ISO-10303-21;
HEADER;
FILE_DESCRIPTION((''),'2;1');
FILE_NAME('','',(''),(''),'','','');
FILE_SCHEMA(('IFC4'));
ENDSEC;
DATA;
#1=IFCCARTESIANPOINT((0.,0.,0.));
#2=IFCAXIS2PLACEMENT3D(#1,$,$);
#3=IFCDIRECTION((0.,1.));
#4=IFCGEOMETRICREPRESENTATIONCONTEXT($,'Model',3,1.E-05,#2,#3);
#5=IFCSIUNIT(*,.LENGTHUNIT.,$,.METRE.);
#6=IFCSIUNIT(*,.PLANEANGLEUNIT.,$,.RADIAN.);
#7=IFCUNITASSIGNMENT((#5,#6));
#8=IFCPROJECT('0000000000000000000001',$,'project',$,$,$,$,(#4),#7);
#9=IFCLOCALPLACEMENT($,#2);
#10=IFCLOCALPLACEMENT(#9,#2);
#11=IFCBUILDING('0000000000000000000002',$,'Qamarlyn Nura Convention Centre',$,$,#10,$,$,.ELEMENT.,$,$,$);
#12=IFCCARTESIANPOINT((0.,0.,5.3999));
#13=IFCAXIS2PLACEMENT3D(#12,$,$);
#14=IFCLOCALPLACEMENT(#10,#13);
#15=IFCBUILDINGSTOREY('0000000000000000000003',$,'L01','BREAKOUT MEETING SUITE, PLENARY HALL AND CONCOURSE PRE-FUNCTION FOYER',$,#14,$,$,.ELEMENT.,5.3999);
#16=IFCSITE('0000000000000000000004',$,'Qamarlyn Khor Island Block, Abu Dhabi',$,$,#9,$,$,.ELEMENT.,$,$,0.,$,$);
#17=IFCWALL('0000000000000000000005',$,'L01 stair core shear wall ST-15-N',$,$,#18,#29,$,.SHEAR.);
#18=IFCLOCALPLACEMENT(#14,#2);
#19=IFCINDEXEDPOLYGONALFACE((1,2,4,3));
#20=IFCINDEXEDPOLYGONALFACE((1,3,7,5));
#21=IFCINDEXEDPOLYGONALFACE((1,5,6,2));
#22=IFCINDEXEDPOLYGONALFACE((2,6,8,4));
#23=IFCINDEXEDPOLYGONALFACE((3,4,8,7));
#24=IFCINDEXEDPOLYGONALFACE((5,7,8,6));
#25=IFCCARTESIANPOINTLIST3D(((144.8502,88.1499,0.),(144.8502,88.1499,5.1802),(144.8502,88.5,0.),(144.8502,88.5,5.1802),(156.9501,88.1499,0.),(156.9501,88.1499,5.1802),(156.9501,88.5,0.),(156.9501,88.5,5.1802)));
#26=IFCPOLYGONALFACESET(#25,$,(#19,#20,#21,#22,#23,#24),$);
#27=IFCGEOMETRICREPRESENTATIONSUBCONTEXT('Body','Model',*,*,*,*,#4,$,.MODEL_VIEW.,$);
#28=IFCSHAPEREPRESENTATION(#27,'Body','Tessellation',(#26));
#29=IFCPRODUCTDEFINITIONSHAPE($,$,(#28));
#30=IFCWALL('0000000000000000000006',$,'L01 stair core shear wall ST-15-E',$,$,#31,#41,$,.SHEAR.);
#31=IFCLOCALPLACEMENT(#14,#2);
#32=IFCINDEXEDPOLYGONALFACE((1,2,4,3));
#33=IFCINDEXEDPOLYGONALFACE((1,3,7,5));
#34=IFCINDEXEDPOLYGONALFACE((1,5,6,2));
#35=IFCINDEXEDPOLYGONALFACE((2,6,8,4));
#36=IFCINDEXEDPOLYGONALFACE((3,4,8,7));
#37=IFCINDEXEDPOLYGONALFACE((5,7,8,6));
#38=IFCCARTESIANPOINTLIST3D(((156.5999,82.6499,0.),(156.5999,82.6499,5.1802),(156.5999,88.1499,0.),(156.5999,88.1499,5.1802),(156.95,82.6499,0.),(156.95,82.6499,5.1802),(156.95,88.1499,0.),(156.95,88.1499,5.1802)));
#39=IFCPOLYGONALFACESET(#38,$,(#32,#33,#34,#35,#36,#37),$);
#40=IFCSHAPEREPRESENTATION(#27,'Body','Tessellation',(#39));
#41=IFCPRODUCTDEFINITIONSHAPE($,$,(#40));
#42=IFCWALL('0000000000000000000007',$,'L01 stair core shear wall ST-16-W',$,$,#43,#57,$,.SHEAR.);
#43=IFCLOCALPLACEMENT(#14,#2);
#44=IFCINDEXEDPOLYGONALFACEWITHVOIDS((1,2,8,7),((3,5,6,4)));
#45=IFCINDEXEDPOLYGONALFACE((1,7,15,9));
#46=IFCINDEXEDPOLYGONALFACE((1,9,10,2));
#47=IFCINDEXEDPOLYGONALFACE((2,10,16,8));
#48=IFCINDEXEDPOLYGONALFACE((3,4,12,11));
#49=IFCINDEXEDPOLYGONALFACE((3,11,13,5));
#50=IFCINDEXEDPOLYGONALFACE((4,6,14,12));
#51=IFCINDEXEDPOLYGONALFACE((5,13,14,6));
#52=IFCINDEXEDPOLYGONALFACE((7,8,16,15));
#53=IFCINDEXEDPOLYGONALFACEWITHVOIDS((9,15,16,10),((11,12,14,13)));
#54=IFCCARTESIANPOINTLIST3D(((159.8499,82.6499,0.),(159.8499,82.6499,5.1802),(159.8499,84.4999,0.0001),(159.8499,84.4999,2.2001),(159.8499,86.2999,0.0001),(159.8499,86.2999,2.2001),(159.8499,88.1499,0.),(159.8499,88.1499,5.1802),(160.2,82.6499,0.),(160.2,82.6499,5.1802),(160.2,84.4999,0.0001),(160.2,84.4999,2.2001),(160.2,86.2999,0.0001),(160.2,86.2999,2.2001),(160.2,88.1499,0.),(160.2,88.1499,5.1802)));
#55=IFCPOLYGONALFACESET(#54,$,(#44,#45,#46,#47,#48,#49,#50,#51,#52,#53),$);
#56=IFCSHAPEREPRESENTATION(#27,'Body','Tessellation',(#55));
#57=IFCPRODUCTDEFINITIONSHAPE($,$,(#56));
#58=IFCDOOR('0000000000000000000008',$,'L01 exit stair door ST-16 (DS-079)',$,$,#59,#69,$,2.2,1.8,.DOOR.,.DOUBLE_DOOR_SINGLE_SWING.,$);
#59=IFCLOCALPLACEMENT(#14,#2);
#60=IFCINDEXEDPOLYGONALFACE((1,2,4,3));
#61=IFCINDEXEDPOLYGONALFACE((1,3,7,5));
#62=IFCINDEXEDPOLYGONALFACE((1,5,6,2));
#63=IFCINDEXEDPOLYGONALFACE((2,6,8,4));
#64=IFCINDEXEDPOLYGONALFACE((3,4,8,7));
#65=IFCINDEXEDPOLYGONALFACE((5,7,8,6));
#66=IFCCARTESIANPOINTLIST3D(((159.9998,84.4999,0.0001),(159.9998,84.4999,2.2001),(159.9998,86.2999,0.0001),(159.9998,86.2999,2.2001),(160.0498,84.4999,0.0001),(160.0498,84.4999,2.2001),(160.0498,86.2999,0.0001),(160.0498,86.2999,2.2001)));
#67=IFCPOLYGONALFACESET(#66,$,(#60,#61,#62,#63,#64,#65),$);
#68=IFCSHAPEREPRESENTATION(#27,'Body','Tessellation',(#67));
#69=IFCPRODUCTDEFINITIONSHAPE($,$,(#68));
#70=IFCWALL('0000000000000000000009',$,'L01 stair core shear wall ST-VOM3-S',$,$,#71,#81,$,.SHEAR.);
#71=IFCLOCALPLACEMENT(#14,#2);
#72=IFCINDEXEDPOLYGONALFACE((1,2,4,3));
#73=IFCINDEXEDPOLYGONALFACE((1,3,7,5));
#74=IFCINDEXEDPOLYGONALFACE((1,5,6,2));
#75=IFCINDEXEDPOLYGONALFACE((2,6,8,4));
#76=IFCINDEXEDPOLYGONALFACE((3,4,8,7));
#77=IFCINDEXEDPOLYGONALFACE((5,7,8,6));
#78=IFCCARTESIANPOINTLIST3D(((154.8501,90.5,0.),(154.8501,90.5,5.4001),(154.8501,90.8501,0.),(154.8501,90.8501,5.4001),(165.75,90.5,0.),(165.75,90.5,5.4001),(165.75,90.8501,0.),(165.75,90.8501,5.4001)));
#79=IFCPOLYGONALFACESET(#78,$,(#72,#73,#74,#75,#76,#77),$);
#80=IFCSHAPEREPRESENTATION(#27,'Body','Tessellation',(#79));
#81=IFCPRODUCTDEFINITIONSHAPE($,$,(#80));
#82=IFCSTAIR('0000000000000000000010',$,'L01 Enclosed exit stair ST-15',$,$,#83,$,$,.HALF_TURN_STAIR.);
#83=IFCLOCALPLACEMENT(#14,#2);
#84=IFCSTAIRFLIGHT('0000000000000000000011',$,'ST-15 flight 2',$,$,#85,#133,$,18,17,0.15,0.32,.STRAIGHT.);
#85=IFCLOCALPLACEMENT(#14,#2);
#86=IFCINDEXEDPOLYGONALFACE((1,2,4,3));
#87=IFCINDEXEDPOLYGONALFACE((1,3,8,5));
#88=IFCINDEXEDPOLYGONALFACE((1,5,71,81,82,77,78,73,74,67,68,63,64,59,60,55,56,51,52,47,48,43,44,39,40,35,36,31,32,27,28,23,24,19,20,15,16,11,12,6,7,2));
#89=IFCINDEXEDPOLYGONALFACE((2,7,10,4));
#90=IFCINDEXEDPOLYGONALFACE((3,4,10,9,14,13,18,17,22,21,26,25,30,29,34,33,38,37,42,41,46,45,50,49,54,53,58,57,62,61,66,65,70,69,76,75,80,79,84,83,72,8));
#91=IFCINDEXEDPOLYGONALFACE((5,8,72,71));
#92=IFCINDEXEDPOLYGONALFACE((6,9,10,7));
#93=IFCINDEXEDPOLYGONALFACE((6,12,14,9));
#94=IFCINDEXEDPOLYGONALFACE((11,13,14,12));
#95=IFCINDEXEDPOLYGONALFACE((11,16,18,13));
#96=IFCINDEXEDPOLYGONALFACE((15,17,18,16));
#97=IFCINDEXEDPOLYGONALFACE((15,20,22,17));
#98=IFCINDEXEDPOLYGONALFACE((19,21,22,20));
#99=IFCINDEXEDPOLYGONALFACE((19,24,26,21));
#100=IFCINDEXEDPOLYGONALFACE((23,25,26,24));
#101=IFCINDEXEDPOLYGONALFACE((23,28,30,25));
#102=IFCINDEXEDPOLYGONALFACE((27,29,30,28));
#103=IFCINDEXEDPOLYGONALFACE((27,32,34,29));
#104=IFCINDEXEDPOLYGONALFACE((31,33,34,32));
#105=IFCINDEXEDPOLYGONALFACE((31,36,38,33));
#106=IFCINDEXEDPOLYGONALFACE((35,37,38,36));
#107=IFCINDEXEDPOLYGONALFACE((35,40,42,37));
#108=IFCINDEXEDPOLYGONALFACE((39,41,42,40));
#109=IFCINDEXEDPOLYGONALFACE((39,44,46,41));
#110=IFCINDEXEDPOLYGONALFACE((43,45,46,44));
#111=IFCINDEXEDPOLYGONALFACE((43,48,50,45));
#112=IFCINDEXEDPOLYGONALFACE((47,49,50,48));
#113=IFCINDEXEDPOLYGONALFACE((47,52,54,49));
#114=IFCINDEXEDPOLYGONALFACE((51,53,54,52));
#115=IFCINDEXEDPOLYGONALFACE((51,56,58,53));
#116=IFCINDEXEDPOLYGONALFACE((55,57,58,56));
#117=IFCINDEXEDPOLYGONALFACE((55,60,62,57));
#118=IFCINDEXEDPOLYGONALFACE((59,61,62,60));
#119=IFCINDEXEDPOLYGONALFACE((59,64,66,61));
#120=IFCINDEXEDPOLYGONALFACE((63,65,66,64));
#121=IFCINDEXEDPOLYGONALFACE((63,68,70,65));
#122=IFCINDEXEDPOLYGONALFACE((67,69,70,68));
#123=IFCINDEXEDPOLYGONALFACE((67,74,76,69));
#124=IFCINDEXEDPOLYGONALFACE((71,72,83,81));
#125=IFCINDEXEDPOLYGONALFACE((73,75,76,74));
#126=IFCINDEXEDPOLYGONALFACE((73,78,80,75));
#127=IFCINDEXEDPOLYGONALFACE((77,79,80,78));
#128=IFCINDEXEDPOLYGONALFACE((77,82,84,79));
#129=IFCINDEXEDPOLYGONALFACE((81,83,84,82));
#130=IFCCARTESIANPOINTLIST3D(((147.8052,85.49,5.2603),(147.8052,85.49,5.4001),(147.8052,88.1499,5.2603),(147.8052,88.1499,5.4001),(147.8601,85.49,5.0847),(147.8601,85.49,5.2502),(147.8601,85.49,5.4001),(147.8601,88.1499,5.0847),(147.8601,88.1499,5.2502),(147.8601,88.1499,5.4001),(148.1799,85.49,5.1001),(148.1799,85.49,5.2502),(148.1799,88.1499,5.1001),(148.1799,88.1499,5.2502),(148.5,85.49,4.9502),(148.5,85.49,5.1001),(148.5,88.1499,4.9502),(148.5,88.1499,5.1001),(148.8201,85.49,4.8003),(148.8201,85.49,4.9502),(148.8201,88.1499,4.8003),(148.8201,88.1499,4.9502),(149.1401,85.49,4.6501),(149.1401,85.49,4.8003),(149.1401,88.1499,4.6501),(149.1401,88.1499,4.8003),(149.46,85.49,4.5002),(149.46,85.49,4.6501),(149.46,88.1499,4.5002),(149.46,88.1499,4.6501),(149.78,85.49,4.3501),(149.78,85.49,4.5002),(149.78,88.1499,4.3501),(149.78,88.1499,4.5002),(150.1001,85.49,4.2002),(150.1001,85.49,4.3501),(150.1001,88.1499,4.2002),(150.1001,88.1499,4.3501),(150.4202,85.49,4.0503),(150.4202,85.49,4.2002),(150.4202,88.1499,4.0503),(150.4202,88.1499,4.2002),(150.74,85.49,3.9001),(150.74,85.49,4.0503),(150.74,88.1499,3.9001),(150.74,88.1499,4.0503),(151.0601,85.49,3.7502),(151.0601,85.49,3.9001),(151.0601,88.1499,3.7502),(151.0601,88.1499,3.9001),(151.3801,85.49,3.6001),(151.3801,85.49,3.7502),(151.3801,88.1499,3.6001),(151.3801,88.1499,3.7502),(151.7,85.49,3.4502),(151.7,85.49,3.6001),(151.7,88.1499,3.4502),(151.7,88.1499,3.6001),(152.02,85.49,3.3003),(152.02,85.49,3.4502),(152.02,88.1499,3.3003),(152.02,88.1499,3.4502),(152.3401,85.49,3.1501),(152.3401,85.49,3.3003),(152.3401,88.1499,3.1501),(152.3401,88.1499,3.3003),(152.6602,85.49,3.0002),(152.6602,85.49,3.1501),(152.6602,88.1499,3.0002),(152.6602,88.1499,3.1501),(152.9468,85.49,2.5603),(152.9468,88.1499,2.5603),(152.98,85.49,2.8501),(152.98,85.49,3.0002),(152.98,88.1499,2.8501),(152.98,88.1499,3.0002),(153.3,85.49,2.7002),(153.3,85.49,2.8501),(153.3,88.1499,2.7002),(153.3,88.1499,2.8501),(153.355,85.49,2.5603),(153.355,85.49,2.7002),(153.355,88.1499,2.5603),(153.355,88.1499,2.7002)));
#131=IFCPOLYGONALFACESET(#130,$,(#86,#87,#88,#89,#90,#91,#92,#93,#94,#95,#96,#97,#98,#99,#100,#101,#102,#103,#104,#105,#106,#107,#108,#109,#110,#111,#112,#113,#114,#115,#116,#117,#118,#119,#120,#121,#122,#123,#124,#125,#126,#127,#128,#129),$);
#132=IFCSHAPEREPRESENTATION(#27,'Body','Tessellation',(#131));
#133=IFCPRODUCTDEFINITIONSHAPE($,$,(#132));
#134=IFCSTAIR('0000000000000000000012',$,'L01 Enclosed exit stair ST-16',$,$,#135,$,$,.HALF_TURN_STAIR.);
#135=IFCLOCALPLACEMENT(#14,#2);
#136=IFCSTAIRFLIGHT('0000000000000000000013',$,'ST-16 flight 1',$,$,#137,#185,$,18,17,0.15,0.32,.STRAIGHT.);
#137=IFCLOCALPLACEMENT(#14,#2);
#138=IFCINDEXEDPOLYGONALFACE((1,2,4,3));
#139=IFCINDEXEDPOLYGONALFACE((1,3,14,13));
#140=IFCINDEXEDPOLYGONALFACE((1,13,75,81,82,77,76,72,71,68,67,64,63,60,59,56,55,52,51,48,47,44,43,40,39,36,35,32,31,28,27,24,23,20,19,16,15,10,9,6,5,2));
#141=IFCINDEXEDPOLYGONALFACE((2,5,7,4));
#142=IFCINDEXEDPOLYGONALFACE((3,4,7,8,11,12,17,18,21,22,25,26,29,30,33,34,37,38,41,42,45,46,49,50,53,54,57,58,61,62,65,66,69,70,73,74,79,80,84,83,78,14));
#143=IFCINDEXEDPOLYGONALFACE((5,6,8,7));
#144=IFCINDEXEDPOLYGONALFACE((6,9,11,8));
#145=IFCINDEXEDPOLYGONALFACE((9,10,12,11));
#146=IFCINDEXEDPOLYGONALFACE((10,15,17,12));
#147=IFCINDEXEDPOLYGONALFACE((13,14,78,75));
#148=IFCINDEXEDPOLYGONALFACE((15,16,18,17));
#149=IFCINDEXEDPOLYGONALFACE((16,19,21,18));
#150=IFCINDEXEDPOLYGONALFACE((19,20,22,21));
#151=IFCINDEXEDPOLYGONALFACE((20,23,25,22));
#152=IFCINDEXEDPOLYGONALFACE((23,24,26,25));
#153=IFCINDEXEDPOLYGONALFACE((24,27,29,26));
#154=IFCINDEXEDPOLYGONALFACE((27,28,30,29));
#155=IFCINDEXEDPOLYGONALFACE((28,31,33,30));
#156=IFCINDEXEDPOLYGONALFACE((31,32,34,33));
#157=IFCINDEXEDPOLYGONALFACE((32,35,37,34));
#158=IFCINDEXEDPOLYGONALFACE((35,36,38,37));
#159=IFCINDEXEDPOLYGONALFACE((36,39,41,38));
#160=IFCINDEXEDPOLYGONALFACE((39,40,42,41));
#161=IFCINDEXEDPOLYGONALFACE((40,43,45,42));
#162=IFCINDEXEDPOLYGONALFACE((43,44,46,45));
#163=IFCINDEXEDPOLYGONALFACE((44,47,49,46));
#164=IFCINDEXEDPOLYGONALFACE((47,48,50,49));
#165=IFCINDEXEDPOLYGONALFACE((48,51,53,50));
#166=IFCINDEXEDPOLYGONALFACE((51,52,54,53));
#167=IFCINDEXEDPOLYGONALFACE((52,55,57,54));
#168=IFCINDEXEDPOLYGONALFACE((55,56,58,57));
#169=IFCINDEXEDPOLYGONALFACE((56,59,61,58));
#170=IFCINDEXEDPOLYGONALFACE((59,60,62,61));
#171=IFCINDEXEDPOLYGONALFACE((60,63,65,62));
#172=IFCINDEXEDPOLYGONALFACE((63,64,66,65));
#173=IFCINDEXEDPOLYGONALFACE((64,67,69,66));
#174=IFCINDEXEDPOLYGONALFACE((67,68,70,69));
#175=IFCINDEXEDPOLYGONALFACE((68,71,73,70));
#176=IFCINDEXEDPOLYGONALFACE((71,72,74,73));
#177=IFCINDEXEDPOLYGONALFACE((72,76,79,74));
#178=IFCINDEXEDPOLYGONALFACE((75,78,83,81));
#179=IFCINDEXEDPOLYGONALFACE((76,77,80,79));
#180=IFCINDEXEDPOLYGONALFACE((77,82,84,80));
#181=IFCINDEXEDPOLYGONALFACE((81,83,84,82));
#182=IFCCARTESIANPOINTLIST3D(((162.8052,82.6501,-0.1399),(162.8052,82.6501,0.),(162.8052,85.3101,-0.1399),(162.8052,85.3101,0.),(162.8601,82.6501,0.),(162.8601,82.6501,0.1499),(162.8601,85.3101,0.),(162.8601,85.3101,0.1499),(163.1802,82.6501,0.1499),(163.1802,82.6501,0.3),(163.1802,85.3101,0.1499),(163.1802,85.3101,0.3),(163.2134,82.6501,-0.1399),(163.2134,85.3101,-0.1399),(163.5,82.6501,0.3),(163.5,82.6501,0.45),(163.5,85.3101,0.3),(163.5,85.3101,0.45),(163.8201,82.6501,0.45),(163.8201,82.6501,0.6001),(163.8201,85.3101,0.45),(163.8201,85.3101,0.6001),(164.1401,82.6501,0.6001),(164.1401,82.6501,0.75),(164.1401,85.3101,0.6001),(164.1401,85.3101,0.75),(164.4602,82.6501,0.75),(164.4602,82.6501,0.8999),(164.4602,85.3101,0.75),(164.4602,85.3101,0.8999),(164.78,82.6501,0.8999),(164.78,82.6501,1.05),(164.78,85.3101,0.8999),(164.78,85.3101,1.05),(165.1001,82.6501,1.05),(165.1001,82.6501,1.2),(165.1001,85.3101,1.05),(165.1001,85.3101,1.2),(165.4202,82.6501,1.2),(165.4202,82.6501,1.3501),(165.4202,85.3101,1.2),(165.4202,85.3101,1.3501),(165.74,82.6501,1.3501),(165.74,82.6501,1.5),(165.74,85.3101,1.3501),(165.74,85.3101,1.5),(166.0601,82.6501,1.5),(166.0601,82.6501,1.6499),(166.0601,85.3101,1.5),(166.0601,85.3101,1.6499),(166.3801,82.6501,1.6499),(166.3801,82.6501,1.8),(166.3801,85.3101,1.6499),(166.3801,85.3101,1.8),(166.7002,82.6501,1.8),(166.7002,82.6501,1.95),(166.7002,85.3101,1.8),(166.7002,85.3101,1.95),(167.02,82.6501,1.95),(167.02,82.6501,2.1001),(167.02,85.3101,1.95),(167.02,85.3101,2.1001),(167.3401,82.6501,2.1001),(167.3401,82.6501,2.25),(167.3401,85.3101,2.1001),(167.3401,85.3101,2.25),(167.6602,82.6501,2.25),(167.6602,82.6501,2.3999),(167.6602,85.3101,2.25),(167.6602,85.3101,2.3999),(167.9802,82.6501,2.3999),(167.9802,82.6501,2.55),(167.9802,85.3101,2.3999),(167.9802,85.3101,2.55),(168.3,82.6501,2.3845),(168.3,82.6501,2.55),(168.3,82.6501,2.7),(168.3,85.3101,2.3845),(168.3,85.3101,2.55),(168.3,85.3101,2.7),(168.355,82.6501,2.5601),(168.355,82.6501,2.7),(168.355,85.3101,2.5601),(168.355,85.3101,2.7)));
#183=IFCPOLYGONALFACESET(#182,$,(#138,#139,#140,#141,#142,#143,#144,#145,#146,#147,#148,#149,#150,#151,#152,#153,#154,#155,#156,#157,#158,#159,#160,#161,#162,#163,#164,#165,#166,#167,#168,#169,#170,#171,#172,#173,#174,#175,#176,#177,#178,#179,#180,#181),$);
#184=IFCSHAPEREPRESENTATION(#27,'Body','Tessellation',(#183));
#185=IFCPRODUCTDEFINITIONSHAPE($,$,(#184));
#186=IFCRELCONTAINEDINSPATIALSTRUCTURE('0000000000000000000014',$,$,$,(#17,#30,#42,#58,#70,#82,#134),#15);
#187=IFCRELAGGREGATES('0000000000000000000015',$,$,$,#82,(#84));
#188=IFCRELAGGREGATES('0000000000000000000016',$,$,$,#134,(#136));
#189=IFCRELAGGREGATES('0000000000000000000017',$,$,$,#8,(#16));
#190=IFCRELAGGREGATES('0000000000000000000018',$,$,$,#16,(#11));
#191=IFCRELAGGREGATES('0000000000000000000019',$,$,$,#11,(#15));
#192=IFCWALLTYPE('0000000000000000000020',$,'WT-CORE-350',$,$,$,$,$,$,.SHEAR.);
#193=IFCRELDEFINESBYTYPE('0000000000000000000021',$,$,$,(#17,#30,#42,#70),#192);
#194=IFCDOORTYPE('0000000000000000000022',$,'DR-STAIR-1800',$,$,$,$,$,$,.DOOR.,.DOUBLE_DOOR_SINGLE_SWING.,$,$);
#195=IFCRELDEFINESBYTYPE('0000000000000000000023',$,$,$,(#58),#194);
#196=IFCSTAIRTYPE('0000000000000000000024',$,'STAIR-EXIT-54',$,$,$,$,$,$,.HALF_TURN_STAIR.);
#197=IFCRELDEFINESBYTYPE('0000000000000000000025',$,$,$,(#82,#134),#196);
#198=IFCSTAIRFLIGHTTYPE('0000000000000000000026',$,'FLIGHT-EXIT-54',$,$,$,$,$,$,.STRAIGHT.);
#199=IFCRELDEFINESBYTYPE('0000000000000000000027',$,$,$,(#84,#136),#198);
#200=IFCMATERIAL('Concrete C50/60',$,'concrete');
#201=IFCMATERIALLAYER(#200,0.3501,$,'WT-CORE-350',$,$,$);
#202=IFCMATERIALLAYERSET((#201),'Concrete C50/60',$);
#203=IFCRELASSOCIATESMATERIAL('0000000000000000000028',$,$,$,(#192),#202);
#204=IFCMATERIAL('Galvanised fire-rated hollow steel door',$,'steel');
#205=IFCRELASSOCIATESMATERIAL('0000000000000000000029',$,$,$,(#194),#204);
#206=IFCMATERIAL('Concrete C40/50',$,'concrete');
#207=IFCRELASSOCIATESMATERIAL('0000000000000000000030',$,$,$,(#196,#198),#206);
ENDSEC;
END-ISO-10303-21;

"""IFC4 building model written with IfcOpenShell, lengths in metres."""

from ifc_helpers import new_model, si_unit, direction, frame, frame_2d, origin, place, context, subcontext, project, spatial, polyline, rectangle, outline, extrude, material, layer, layer_set, type_object, element, fill, aggregate, save


model = new_model("IFC4")

# Units and contexts
model_context = context("Model", 3, precision=1e-05, world=origin(), true_north=direction((0.0, 1.0)))
body_context = subcontext(model_context, "Body", "Model", "MODEL_VIEW")
ifc_project = project(units=[si_unit("LENGTHUNIT", "METRE"), si_unit("PLANEANGLEUNIT", "RADIAN")], contexts=[model_context])

# Site, building, storey
site_placement = place(None, origin())
site = spatial("IfcSite", under=ifc_project, at=site_placement, Name="Qamarlyn Khor Island Block, Abu Dhabi", CompositionType="ELEMENT", RefElevation=0.0)
building_placement = place(site_placement, origin())
building = spatial("IfcBuilding", under=site, at=building_placement, Name="Qamarlyn Nura Convention Centre", CompositionType="ELEMENT")
storey_placement = place(building_placement, frame((0.0, 0.0, 5.3999)))
storey = spatial("IfcBuildingStorey", under=building, at=storey_placement, Name="L01", Description="BREAKOUT MEETING SUITE, PLENARY HALL AND CONCOURSE PRE-FUNCTION FOYER", CompositionType="ELEMENT", Elevation=5.3999)

# Walls
ifc_material_1 = material(Name="Concrete C50/60", Category="concrete")
ifc_layer = layer(ifc_material_1, 0.3501, Name="WT-CORE-350")
ifc_layer_set = layer_set([ifc_layer], Name="Concrete C50/60")
wall_type = type_object("IfcWallType", Name="WT-CORE-350", PredefinedType="SHEAR", material=ifc_layer_set)
wall_1_placement = place(storey_placement, frame((156.95, 88.325, 0.0), z_axis=(0.0, 0.0, 1.0), x_axis=(-1.0, 0.0, 0.0)))
element("IfcWall", 1, at=wall_1_placement, inside=storey, type_object=wall_type, Name="L01 stair core shear wall ST-15-N", PredefinedType="SHEAR", context=body_context, shape_type="SweptSolid", body=[
    extrude(rectangle(XDim=12.0999, YDim=0.3501, at=frame_2d((6.0498, 0.0))), origin(), (0.0, 0.0, 1.0), 5.1802),
])
wall_2_placement = place(storey_placement, frame((156.7749, 82.6499, 0.0), z_axis=(0.0, 0.0, 1.0), x_axis=(0.0, 1.0, 0.0)))
element("IfcWall", 2, at=wall_2_placement, inside=storey, type_object=wall_type, Name="L01 stair core shear wall ST-15-E", PredefinedType="SHEAR", context=body_context, shape_type="SweptSolid", body=[
    extrude(rectangle(XDim=5.5, YDim=0.3501, at=frame_2d((2.75, 0.0))), origin(), (0.0, 0.0, 1.0), 5.1802),
])

# Wall, opening, door
wall_3_placement = place(storey_placement, frame((160.0249, 88.1499, 0.0), z_axis=(0.0, 0.0, 1.0), x_axis=(0.0, -1.0, 0.0)))
wall_3 = element("IfcWall", 3, at=wall_3_placement, inside=storey, type_object=wall_type, Name="L01 stair core shear wall ST-16-W", PredefinedType="SHEAR", context=body_context, shape_type="SweptSolid", body=[
    extrude(rectangle(XDim=5.5, YDim=0.3501, at=frame_2d((2.75, 0.0))), origin(), (0.0, 0.0, 1.0), 5.1802),
])
opening_placement = place(wall_3_placement, frame((1.8501, 0.0, 0.0)))
opening = element("IfcOpeningElement", 4, at=opening_placement, cuts=wall_3, PredefinedType="OPENING", context=body_context, shape_type="SweptSolid", body=[
    extrude(rectangle(XDim=1.8, YDim=2.2, at=frame_2d((0.8999, 1.1001))), frame((0.0, 0.1851, 0.0), z_axis=(0.0, -1.0, 0.0), x_axis=(1.0, 0.0, 0.0)), (0.0, 0.0, 1.0), 0.3701),
])
ifc_material_2 = material(Name="Galvanised fire-rated hollow steel door", Category="steel")
door_type = type_object("IfcDoorType", Name="DR-STAIR-1800", OperationType="DOUBLE_DOOR_SINGLE_SWING", PredefinedType="DOOR", material=ifc_material_2)
door_placement = place(opening_placement, origin())
door = element("IfcDoor", 5, at=door_placement, inside=storey, type_object=door_type, Name="L01 exit stair door ST-16 (DS-079)", OperationType="DOUBLE_DOOR_SINGLE_SWING", OverallHeight=2.2, OverallWidth=1.8, PredefinedType="DOOR", context=body_context, shape_type="SweptSolid", body=[
    extrude(rectangle(XDim=1.8, YDim=2.2, at=frame_2d((0.8999, 1.1001))), frame((0.0, 0.0249, 0.0), z_axis=(0.0, -1.0, 0.0), x_axis=(1.0, 0.0, 0.0)), (0.0, 0.0, 1.0), 0.05),
])
fill(opening, door)

# Wall
wall_4_placement = place(storey_placement, frame((154.8501, 90.675, 0.0), z_axis=(0.0, 0.0, 1.0), x_axis=(1.0, 0.0, 0.0)))
element("IfcWall", 6, at=wall_4_placement, inside=storey, type_object=wall_type, Name="L01 stair core shear wall ST-VOM3-S", PredefinedType="SHEAR", context=body_context, shape_type="SweptSolid", body=[
    extrude(rectangle(XDim=10.8999, YDim=0.3501, at=frame_2d((5.45, 0.0))), origin(), (0.0, 0.0, 1.0), 5.4001),
])

# Stairs, stair flights
ifc_material_3 = material(Name="Concrete C40/50", Category="concrete")
stair_type = type_object("IfcStairType", Name="STAIR-EXIT-54", PredefinedType="HALF_TURN_STAIR", material=ifc_material_3)
stair_1_placement = place(storey_placement, origin())
stair_1 = element("IfcStair", 7, at=stair_1_placement, inside=storey, type_object=stair_type, Name="L01 Enclosed exit stair ST-15", PredefinedType="HALF_TURN_STAIR")
stair_flight_type = type_object("IfcStairFlightType", Name="FLIGHT-EXIT-54", PredefinedType="STRAIGHT", material=ifc_material_3)
stair_flight_1_placement = place(storey_placement, frame((153.3, 86.8201, 2.7002), z_axis=(0.0, 0.0, 1.0), x_axis=(-1.0, 0.0, 0.0)))
stair_flight_1 = element("IfcStairFlight", 8, at=stair_flight_1_placement, type_object=stair_flight_type, Name="ST-15 flight 2", NumberOfRisers=18, NumberOfTreads=17, PredefinedType="STRAIGHT", RiserHeight=0.15, TreadLength=0.32, context=body_context, shape_type="SweptSolid", body=[
    extrude(outline(polyline([(-0.0549, 0.0), (0.0, 0.0), (0.0, 0.1499), (0.3201, 0.1499), (0.3201, 0.3), (0.6399, 0.3), (0.6399, 0.45), (0.96, 0.45), (0.96, 0.6001), (1.28, 0.6001), (1.28, 0.75), (1.6001, 0.75), (1.6001, 0.8999), (1.9199, 0.8999), (1.9199, 1.05), (2.24, 1.05), (2.24, 1.2), (2.5601, 1.2), (2.5601, 1.3501), (2.8799, 1.3501), (2.8799, 1.5), (3.2, 1.5), (3.2, 1.6499), (3.52, 1.6499), (3.52, 1.8), (3.8401, 1.8), (3.8401, 1.95), (4.1599, 1.95), (4.1599, 2.1001), (4.48, 2.1001), (4.48, 2.25), (4.8, 2.25), (4.8, 2.3999), (5.1201, 2.3999), (5.1201, 2.55), (5.4399, 2.55), (5.4399, 2.7), (5.4949, 2.7), (5.4949, 2.5601), (5.4399, 2.3845), (0.3533, -0.1399), (-0.0549, -0.1399), (-0.0549, 0.0)])), frame((0.0, 1.3301, 0.0), z_axis=(0.0, -1.0, 0.0), x_axis=(1.0, 0.0, 0.0)), (0.0, 0.0, 1.0), 2.6599),
])
aggregate(stair_1, [stair_flight_1])
stair_2_placement = place(storey_placement, origin())
stair_2 = element("IfcStair", 9, at=stair_2_placement, inside=storey, type_object=stair_type, Name="L01 Enclosed exit stair ST-16", PredefinedType="HALF_TURN_STAIR")
stair_flight_2_placement = place(storey_placement, frame((162.8601, 83.98, 0.0), z_axis=(0.0, 0.0, 1.0), x_axis=(1.0, 0.0, 0.0)))
stair_flight_2 = element("IfcStairFlight", 10, at=stair_flight_2_placement, type_object=stair_flight_type, Name="ST-16 flight 1", NumberOfRisers=18, NumberOfTreads=17, PredefinedType="STRAIGHT", RiserHeight=0.15, TreadLength=0.32, context=body_context, shape_type="SweptSolid", body=[
    extrude(outline(polyline([(-0.0549, 0.0), (0.0, 0.0), (0.0, 0.1499), (0.3201, 0.1499), (0.3201, 0.3), (0.6399, 0.3), (0.6399, 0.45), (0.96, 0.45), (0.96, 0.6001), (1.28, 0.6001), (1.28, 0.75), (1.6001, 0.75), (1.6001, 0.8999), (1.9199, 0.8999), (1.9199, 1.05), (2.24, 1.05), (2.24, 1.2), (2.5601, 1.2), (2.5601, 1.3501), (2.8799, 1.3501), (2.8799, 1.5), (3.2, 1.5), (3.2, 1.6499), (3.52, 1.6499), (3.52, 1.8), (3.8401, 1.8), (3.8401, 1.95), (4.1599, 1.95), (4.1599, 2.1001), (4.48, 2.1001), (4.48, 2.25), (4.8, 2.25), (4.8, 2.3999), (5.1201, 2.3999), (5.1201, 2.55), (5.4399, 2.55), (5.4399, 2.7), (5.4949, 2.7), (5.4949, 2.5601), (5.4399, 2.3845), (0.3533, -0.1399), (-0.0549, -0.1399), (-0.0549, 0.0)])), frame((0.0, 1.3301, 0.0), z_axis=(0.0, -1.0, 0.0), x_axis=(1.0, 0.0, 0.0)), (0.0, 0.0, 1.0), 2.6599),
])
aggregate(stair_2, [stair_flight_2])

save(model, "model.ifc")
